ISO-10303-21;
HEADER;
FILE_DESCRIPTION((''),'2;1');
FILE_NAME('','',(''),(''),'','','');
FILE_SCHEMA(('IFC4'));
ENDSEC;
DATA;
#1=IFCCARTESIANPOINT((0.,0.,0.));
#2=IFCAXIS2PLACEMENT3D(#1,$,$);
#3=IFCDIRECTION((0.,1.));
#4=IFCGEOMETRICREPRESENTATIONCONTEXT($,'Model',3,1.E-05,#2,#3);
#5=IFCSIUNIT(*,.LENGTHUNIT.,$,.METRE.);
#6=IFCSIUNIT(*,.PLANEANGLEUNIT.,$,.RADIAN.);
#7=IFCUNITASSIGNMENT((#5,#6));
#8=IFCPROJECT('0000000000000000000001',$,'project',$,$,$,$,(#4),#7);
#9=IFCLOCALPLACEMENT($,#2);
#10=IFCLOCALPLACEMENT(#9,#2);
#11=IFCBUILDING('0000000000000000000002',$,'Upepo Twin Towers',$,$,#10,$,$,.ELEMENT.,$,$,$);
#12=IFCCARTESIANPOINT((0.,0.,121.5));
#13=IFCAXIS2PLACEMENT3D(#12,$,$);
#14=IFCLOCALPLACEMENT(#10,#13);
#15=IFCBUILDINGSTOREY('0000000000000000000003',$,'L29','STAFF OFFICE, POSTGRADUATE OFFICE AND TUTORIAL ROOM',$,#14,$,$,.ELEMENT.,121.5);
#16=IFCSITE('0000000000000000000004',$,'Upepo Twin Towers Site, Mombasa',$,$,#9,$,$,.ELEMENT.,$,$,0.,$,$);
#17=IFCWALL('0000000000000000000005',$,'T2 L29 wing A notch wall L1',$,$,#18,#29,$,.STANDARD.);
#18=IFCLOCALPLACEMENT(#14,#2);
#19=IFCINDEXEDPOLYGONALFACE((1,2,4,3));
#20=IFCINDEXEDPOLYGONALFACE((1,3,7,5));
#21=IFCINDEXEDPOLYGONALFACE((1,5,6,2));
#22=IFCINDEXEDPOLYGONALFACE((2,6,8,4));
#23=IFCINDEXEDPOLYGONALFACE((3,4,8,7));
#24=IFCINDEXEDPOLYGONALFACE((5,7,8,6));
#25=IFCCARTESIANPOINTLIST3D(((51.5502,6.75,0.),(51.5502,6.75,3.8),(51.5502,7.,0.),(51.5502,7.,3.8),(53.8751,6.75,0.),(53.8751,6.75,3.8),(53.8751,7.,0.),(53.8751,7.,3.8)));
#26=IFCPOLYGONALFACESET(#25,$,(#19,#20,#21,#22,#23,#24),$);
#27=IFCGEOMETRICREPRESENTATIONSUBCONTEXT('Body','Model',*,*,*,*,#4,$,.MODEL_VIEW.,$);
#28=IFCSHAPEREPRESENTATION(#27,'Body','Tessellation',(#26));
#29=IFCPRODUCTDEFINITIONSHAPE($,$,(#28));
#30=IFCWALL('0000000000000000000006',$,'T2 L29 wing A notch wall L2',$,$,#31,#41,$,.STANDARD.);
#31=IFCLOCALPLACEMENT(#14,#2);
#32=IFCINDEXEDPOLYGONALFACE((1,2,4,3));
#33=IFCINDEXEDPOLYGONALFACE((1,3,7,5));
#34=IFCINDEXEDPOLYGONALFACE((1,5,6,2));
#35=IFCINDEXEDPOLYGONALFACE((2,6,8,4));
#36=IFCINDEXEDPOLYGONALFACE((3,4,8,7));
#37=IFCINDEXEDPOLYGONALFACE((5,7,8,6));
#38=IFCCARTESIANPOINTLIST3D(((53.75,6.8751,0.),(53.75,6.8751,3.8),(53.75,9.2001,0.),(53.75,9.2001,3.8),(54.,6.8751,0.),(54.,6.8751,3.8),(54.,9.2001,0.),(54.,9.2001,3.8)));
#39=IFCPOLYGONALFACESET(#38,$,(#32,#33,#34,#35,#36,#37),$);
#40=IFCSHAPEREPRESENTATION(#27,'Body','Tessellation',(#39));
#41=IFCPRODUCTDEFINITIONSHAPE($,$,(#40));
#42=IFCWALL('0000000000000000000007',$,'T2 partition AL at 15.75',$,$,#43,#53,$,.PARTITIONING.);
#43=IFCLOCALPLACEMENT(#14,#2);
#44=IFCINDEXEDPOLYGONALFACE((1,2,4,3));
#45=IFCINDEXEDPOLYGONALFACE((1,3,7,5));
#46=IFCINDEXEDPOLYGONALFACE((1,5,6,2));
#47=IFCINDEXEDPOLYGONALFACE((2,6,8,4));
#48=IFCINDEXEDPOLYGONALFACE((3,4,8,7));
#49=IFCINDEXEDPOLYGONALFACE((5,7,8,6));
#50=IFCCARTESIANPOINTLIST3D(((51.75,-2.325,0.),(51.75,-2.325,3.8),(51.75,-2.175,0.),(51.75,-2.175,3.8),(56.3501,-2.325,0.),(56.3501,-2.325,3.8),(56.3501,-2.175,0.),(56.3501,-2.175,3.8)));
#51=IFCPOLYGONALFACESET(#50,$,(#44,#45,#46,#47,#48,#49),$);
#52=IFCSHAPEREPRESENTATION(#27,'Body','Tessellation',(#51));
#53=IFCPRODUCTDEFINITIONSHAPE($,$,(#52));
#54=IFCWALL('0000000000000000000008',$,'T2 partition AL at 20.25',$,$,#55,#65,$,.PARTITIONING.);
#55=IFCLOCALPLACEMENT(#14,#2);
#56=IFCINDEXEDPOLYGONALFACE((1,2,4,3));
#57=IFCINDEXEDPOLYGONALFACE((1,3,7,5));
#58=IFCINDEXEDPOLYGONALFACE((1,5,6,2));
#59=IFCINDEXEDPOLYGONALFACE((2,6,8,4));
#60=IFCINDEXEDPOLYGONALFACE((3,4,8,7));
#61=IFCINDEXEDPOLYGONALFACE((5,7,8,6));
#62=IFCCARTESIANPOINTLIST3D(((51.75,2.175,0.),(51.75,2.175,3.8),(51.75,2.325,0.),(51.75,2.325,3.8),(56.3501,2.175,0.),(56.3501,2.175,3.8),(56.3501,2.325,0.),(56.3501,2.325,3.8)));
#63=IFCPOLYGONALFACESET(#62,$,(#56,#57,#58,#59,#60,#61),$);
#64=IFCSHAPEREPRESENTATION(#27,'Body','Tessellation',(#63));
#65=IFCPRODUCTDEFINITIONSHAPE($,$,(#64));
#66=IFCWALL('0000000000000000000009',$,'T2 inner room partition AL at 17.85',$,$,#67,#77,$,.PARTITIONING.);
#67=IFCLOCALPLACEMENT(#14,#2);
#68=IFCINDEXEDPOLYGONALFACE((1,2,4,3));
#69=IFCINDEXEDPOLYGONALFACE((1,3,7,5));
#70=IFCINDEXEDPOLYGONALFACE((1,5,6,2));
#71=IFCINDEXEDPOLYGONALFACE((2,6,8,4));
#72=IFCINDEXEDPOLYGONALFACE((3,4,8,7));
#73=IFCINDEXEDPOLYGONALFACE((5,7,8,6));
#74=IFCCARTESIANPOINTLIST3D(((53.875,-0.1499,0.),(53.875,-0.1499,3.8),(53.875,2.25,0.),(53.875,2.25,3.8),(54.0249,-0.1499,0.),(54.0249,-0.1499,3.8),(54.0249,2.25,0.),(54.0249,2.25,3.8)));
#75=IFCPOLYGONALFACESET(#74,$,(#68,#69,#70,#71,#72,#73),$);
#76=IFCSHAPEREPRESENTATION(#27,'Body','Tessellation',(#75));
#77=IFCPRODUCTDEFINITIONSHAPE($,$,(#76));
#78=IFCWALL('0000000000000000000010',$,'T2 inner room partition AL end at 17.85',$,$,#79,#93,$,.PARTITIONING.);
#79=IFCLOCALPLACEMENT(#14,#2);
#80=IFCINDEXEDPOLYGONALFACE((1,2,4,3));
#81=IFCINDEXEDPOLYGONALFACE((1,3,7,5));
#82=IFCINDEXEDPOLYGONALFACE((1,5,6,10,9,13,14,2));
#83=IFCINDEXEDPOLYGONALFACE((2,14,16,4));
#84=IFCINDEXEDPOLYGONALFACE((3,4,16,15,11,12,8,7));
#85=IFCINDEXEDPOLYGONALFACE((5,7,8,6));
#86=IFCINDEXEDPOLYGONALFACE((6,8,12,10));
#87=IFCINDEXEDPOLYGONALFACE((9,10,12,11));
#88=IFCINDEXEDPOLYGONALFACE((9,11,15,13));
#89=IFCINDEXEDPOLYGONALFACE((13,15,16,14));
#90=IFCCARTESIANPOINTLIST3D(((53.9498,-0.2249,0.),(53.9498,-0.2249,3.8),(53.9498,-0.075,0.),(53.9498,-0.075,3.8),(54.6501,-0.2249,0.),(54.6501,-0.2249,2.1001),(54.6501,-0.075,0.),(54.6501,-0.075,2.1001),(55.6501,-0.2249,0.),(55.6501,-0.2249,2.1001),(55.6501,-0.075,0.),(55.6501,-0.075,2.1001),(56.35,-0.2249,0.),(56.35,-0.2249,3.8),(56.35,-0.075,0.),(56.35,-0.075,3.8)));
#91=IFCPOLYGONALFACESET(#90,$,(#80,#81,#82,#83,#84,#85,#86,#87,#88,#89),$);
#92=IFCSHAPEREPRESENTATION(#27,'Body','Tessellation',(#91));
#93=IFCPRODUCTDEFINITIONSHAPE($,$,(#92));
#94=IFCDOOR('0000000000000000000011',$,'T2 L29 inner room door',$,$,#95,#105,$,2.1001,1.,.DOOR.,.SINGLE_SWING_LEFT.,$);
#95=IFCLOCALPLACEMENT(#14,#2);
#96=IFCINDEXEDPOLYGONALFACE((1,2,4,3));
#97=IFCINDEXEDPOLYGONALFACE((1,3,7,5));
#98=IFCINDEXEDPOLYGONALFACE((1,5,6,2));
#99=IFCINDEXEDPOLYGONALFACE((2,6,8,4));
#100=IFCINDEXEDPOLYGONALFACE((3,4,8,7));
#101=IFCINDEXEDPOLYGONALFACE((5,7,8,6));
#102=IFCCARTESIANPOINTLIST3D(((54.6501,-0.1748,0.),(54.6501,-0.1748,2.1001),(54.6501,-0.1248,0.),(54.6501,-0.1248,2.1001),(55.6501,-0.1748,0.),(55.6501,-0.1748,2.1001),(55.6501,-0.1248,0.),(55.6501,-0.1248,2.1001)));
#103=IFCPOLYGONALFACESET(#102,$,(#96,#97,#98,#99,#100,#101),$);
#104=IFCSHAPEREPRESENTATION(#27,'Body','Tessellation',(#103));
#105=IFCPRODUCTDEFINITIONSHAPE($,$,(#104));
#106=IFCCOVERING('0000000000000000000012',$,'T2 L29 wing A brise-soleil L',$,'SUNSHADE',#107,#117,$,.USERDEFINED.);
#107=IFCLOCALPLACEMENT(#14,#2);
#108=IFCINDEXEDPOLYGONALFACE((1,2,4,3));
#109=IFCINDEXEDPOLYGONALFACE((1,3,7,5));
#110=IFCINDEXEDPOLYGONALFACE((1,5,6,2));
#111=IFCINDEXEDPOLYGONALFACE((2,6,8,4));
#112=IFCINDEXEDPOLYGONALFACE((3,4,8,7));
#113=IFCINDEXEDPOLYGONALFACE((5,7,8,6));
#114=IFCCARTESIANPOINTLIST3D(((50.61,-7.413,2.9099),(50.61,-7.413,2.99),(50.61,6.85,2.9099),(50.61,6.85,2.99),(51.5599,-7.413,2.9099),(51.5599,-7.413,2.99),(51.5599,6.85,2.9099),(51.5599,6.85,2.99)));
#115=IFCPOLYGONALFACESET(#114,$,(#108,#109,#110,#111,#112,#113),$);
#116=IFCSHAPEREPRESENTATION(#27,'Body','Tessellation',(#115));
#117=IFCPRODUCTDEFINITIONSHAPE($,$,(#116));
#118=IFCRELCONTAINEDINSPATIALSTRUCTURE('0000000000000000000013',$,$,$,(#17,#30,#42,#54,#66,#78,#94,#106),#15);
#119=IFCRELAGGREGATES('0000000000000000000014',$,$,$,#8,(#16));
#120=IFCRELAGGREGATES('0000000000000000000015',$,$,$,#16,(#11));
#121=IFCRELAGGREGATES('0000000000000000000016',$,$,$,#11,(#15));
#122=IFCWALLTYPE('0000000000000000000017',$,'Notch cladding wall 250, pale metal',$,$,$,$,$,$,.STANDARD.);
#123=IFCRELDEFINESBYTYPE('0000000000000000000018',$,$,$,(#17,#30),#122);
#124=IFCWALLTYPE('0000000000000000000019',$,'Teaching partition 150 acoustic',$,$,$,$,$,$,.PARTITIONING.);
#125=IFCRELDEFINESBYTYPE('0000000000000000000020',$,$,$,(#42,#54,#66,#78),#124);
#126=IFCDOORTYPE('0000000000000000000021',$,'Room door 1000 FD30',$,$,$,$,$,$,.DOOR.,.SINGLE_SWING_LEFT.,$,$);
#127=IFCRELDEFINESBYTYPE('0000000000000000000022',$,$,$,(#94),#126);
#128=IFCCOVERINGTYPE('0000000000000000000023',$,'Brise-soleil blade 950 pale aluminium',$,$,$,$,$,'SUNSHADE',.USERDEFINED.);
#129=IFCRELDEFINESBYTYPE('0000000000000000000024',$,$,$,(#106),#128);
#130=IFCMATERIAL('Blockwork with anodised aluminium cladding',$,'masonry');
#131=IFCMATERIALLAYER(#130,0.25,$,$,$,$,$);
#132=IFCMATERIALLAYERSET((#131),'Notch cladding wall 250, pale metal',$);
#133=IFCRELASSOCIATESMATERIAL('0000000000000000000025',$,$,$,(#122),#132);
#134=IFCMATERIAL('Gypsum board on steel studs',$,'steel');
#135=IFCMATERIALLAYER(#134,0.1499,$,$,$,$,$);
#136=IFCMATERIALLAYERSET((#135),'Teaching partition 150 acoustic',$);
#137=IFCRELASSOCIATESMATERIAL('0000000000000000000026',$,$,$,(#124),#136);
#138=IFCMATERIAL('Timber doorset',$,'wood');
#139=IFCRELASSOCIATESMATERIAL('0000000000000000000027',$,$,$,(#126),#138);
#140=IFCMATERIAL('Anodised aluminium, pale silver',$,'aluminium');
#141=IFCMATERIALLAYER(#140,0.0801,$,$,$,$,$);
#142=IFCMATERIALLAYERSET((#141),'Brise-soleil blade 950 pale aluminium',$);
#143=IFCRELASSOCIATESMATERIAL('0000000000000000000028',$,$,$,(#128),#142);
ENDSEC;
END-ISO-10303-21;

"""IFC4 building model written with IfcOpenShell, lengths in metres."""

from ifc_helpers import new_model, si_unit, direction, frame, frame_2d, origin, origin_2d, place, context, subcontext, project, spatial, rectangle, extrude, material, layer, layer_set, type_object, element, fill, save


model = new_model("IFC4")

# Units and contexts
model_context = context("Model", 3, precision=1e-05, world=origin(), true_north=direction((0.0, 1.0)))
body_context = subcontext(model_context, "Body", "Model", "MODEL_VIEW")
ifc_project = project(units=[si_unit("LENGTHUNIT", "METRE"), si_unit("PLANEANGLEUNIT", "RADIAN")], contexts=[model_context])

# Site, building, storey
site_placement = place(None, origin())
site = spatial("IfcSite", under=ifc_project, at=site_placement, Name="Upepo Twin Towers Site, Mombasa", CompositionType="ELEMENT", RefElevation=0.0)
building_placement = place(site_placement, origin())
building = spatial("IfcBuilding", under=site, at=building_placement, Name="Upepo Twin Towers", CompositionType="ELEMENT")
storey_placement = place(building_placement, frame((0.0, 0.0, 121.5)))
storey = spatial("IfcBuildingStorey", under=building, at=storey_placement, Name="L29", Description="STAFF OFFICE, POSTGRADUATE OFFICE AND TUTORIAL ROOM", CompositionType="ELEMENT", Elevation=121.5)

# Walls
ifc_material_1 = material(Name="Blockwork with anodised aluminium cladding", Category="masonry")
ifc_layer_1 = layer(ifc_material_1, 0.25)
ifc_layer_set_1 = layer_set([ifc_layer_1], Name="Notch cladding wall 250, pale metal")
wall_type_1 = type_object("IfcWallType", Name="Notch cladding wall 250, pale metal", PredefinedType="STANDARD", material=ifc_layer_set_1)
for number, where, z_axis, x_axis, name in (
    (1, (51.55, 6.875, 0.0), (0.0, 0.0, 1.0), (1.0, 0.0, 0.0), "T2 L29 wing A notch wall L1"),
    (2, (53.875, 6.875, 0.0), (0.0, 0.0, 1.0), (0.0, 1.0, 0.0), "T2 L29 wing A notch wall L2"),
):
    element("IfcWall", number, at=place(storey_placement, frame(where, z_axis=z_axis, x_axis=x_axis)), inside=storey, type_object=wall_type_1, Name=name, PredefinedType="STANDARD", context=body_context, shape_type="SweptSolid", body=[
        extrude(rectangle(XDim=2.325, YDim=0.25, at=frame_2d((1.1626, 0.0))), origin(), (0.0, 0.0, 1.0), 3.8),
    ])
ifc_material_2 = material(Name="Gypsum board on steel studs", Category="steel")
ifc_layer_2 = layer(ifc_material_2, 0.1499)
ifc_layer_set_2 = layer_set([ifc_layer_2], Name="Teaching partition 150 acoustic")
wall_type_2 = type_object("IfcWallType", Name="Teaching partition 150 acoustic", PredefinedType="PARTITIONING", material=ifc_layer_set_2)
for number, where, z_axis, x_axis, name in (
    (3, (56.3501, -2.25, 0.0), (0.0, 0.0, 1.0), (-1.0, 0.0, 0.0), "T2 partition AL at 15.75"),
    (4, (56.3501, 2.25, 0.0), (0.0, 0.0, 1.0), (-1.0, 0.0, 0.0), "T2 partition AL at 20.25"),
):
    element("IfcWall", number, at=place(storey_placement, frame(where, z_axis=z_axis, x_axis=x_axis)), inside=storey, type_object=wall_type_2, Name=name, PredefinedType="PARTITIONING", context=body_context, shape_type="SweptSolid", body=[
        extrude(rectangle(XDim=4.6001, YDim=0.1499, at=frame_2d((2.3, 0.0))), origin(), (0.0, 0.0, 1.0), 3.8),
    ])
wall_1_placement = place(storey_placement, frame((53.95, -0.1499, 0.0), z_axis=(0.0, 0.0, 1.0), x_axis=(0.0, 1.0, 0.0)))
element("IfcWall", 5, at=wall_1_placement, inside=storey, type_object=wall_type_2, Name="T2 inner room partition AL at 17.85", PredefinedType="PARTITIONING", context=body_context, shape_type="SweptSolid", body=[
    extrude(rectangle(XDim=2.3999, YDim=0.1499, at=frame_2d((1.2, 0.0))), origin(), (0.0, 0.0, 1.0), 3.8),
])

# Wall, opening, door
wall_2_placement = place(storey_placement, frame((56.3501, -0.1499, 0.0), z_axis=(0.0, 0.0, 1.0), x_axis=(-1.0, 0.0, 0.0)))
wall_2 = element("IfcWall", 6, at=wall_2_placement, inside=storey, type_object=wall_type_2, Name="T2 inner room partition AL end at 17.85", PredefinedType="PARTITIONING", context=body_context, shape_type="SweptSolid", body=[
    extrude(rectangle(XDim=2.4001, YDim=0.1499, at=frame_2d((1.2002, 0.0))), origin(), (0.0, 0.0, 1.0), 3.8),
])
opening_placement = place(wall_2_placement, frame((0.7, 0.0, 0.0)))
opening = element("IfcOpeningElement", 7, at=opening_placement, cuts=wall_2, PredefinedType="OPENING", context=body_context, shape_type="SweptSolid", body=[
    extrude(rectangle(XDim=1.0, YDim=2.1001, at=frame_2d((0.5, 1.05))), frame((0.0, 0.085, 0.0), z_axis=(0.0, -1.0, 0.0), x_axis=(1.0, 0.0, 0.0)), (0.0, 0.0, 1.0), 0.1699),
])
ifc_material_3 = material(Name="Timber doorset", Category="wood")
door_type = type_object("IfcDoorType", Name="Room door 1000 FD30", OperationType="SINGLE_SWING_LEFT", PredefinedType="DOOR", material=ifc_material_3)
door_placement = place(opening_placement, origin())
door = element("IfcDoor", 8, at=door_placement, inside=storey, type_object=door_type, Name="T2 L29 inner room door", OperationType="SINGLE_SWING_LEFT", OverallHeight=2.1001, OverallWidth=1.0, PredefinedType="DOOR", context=body_context, shape_type="SweptSolid", body=[
    extrude(rectangle(XDim=1.0, YDim=2.1001, at=frame_2d((0.5, 1.05))), frame((0.0, 0.0249, 0.0), z_axis=(0.0, -1.0, 0.0), x_axis=(1.0, 0.0, 0.0)), (0.0, 0.0, 1.0), 0.05),
])
fill(opening, door)

# Covering
ifc_material_4 = material(Name="Anodised aluminium, pale silver", Category="aluminium")
ifc_layer_3 = layer(ifc_material_4, 0.0801)
ifc_layer_set_3 = layer_set([ifc_layer_3], Name="Brise-soleil blade 950 pale aluminium")
covering_type = type_object("IfcCoveringType", Name="Brise-soleil blade 950 pale aluminium", ElementType="SUNSHADE", PredefinedType="USERDEFINED", material=ifc_layer_set_3)
covering_placement = place(storey_placement, frame((51.085, -0.2815, 2.9099), z_axis=(0.0, 0.0, 1.0), x_axis=(0.0, 1.0, 0.0)))
element("IfcCovering", 9, at=covering_placement, inside=storey, type_object=covering_type, Name="T2 L29 wing A brise-soleil L", ObjectType="SUNSHADE", PredefinedType="USERDEFINED", context=body_context, shape_type="SweptSolid", body=[
    extrude(rectangle(XDim=14.2629, YDim=0.95, at=origin_2d()), origin(), (0.0, 0.0, 1.0), 0.0801),
])

save(model, "model.ifc")
